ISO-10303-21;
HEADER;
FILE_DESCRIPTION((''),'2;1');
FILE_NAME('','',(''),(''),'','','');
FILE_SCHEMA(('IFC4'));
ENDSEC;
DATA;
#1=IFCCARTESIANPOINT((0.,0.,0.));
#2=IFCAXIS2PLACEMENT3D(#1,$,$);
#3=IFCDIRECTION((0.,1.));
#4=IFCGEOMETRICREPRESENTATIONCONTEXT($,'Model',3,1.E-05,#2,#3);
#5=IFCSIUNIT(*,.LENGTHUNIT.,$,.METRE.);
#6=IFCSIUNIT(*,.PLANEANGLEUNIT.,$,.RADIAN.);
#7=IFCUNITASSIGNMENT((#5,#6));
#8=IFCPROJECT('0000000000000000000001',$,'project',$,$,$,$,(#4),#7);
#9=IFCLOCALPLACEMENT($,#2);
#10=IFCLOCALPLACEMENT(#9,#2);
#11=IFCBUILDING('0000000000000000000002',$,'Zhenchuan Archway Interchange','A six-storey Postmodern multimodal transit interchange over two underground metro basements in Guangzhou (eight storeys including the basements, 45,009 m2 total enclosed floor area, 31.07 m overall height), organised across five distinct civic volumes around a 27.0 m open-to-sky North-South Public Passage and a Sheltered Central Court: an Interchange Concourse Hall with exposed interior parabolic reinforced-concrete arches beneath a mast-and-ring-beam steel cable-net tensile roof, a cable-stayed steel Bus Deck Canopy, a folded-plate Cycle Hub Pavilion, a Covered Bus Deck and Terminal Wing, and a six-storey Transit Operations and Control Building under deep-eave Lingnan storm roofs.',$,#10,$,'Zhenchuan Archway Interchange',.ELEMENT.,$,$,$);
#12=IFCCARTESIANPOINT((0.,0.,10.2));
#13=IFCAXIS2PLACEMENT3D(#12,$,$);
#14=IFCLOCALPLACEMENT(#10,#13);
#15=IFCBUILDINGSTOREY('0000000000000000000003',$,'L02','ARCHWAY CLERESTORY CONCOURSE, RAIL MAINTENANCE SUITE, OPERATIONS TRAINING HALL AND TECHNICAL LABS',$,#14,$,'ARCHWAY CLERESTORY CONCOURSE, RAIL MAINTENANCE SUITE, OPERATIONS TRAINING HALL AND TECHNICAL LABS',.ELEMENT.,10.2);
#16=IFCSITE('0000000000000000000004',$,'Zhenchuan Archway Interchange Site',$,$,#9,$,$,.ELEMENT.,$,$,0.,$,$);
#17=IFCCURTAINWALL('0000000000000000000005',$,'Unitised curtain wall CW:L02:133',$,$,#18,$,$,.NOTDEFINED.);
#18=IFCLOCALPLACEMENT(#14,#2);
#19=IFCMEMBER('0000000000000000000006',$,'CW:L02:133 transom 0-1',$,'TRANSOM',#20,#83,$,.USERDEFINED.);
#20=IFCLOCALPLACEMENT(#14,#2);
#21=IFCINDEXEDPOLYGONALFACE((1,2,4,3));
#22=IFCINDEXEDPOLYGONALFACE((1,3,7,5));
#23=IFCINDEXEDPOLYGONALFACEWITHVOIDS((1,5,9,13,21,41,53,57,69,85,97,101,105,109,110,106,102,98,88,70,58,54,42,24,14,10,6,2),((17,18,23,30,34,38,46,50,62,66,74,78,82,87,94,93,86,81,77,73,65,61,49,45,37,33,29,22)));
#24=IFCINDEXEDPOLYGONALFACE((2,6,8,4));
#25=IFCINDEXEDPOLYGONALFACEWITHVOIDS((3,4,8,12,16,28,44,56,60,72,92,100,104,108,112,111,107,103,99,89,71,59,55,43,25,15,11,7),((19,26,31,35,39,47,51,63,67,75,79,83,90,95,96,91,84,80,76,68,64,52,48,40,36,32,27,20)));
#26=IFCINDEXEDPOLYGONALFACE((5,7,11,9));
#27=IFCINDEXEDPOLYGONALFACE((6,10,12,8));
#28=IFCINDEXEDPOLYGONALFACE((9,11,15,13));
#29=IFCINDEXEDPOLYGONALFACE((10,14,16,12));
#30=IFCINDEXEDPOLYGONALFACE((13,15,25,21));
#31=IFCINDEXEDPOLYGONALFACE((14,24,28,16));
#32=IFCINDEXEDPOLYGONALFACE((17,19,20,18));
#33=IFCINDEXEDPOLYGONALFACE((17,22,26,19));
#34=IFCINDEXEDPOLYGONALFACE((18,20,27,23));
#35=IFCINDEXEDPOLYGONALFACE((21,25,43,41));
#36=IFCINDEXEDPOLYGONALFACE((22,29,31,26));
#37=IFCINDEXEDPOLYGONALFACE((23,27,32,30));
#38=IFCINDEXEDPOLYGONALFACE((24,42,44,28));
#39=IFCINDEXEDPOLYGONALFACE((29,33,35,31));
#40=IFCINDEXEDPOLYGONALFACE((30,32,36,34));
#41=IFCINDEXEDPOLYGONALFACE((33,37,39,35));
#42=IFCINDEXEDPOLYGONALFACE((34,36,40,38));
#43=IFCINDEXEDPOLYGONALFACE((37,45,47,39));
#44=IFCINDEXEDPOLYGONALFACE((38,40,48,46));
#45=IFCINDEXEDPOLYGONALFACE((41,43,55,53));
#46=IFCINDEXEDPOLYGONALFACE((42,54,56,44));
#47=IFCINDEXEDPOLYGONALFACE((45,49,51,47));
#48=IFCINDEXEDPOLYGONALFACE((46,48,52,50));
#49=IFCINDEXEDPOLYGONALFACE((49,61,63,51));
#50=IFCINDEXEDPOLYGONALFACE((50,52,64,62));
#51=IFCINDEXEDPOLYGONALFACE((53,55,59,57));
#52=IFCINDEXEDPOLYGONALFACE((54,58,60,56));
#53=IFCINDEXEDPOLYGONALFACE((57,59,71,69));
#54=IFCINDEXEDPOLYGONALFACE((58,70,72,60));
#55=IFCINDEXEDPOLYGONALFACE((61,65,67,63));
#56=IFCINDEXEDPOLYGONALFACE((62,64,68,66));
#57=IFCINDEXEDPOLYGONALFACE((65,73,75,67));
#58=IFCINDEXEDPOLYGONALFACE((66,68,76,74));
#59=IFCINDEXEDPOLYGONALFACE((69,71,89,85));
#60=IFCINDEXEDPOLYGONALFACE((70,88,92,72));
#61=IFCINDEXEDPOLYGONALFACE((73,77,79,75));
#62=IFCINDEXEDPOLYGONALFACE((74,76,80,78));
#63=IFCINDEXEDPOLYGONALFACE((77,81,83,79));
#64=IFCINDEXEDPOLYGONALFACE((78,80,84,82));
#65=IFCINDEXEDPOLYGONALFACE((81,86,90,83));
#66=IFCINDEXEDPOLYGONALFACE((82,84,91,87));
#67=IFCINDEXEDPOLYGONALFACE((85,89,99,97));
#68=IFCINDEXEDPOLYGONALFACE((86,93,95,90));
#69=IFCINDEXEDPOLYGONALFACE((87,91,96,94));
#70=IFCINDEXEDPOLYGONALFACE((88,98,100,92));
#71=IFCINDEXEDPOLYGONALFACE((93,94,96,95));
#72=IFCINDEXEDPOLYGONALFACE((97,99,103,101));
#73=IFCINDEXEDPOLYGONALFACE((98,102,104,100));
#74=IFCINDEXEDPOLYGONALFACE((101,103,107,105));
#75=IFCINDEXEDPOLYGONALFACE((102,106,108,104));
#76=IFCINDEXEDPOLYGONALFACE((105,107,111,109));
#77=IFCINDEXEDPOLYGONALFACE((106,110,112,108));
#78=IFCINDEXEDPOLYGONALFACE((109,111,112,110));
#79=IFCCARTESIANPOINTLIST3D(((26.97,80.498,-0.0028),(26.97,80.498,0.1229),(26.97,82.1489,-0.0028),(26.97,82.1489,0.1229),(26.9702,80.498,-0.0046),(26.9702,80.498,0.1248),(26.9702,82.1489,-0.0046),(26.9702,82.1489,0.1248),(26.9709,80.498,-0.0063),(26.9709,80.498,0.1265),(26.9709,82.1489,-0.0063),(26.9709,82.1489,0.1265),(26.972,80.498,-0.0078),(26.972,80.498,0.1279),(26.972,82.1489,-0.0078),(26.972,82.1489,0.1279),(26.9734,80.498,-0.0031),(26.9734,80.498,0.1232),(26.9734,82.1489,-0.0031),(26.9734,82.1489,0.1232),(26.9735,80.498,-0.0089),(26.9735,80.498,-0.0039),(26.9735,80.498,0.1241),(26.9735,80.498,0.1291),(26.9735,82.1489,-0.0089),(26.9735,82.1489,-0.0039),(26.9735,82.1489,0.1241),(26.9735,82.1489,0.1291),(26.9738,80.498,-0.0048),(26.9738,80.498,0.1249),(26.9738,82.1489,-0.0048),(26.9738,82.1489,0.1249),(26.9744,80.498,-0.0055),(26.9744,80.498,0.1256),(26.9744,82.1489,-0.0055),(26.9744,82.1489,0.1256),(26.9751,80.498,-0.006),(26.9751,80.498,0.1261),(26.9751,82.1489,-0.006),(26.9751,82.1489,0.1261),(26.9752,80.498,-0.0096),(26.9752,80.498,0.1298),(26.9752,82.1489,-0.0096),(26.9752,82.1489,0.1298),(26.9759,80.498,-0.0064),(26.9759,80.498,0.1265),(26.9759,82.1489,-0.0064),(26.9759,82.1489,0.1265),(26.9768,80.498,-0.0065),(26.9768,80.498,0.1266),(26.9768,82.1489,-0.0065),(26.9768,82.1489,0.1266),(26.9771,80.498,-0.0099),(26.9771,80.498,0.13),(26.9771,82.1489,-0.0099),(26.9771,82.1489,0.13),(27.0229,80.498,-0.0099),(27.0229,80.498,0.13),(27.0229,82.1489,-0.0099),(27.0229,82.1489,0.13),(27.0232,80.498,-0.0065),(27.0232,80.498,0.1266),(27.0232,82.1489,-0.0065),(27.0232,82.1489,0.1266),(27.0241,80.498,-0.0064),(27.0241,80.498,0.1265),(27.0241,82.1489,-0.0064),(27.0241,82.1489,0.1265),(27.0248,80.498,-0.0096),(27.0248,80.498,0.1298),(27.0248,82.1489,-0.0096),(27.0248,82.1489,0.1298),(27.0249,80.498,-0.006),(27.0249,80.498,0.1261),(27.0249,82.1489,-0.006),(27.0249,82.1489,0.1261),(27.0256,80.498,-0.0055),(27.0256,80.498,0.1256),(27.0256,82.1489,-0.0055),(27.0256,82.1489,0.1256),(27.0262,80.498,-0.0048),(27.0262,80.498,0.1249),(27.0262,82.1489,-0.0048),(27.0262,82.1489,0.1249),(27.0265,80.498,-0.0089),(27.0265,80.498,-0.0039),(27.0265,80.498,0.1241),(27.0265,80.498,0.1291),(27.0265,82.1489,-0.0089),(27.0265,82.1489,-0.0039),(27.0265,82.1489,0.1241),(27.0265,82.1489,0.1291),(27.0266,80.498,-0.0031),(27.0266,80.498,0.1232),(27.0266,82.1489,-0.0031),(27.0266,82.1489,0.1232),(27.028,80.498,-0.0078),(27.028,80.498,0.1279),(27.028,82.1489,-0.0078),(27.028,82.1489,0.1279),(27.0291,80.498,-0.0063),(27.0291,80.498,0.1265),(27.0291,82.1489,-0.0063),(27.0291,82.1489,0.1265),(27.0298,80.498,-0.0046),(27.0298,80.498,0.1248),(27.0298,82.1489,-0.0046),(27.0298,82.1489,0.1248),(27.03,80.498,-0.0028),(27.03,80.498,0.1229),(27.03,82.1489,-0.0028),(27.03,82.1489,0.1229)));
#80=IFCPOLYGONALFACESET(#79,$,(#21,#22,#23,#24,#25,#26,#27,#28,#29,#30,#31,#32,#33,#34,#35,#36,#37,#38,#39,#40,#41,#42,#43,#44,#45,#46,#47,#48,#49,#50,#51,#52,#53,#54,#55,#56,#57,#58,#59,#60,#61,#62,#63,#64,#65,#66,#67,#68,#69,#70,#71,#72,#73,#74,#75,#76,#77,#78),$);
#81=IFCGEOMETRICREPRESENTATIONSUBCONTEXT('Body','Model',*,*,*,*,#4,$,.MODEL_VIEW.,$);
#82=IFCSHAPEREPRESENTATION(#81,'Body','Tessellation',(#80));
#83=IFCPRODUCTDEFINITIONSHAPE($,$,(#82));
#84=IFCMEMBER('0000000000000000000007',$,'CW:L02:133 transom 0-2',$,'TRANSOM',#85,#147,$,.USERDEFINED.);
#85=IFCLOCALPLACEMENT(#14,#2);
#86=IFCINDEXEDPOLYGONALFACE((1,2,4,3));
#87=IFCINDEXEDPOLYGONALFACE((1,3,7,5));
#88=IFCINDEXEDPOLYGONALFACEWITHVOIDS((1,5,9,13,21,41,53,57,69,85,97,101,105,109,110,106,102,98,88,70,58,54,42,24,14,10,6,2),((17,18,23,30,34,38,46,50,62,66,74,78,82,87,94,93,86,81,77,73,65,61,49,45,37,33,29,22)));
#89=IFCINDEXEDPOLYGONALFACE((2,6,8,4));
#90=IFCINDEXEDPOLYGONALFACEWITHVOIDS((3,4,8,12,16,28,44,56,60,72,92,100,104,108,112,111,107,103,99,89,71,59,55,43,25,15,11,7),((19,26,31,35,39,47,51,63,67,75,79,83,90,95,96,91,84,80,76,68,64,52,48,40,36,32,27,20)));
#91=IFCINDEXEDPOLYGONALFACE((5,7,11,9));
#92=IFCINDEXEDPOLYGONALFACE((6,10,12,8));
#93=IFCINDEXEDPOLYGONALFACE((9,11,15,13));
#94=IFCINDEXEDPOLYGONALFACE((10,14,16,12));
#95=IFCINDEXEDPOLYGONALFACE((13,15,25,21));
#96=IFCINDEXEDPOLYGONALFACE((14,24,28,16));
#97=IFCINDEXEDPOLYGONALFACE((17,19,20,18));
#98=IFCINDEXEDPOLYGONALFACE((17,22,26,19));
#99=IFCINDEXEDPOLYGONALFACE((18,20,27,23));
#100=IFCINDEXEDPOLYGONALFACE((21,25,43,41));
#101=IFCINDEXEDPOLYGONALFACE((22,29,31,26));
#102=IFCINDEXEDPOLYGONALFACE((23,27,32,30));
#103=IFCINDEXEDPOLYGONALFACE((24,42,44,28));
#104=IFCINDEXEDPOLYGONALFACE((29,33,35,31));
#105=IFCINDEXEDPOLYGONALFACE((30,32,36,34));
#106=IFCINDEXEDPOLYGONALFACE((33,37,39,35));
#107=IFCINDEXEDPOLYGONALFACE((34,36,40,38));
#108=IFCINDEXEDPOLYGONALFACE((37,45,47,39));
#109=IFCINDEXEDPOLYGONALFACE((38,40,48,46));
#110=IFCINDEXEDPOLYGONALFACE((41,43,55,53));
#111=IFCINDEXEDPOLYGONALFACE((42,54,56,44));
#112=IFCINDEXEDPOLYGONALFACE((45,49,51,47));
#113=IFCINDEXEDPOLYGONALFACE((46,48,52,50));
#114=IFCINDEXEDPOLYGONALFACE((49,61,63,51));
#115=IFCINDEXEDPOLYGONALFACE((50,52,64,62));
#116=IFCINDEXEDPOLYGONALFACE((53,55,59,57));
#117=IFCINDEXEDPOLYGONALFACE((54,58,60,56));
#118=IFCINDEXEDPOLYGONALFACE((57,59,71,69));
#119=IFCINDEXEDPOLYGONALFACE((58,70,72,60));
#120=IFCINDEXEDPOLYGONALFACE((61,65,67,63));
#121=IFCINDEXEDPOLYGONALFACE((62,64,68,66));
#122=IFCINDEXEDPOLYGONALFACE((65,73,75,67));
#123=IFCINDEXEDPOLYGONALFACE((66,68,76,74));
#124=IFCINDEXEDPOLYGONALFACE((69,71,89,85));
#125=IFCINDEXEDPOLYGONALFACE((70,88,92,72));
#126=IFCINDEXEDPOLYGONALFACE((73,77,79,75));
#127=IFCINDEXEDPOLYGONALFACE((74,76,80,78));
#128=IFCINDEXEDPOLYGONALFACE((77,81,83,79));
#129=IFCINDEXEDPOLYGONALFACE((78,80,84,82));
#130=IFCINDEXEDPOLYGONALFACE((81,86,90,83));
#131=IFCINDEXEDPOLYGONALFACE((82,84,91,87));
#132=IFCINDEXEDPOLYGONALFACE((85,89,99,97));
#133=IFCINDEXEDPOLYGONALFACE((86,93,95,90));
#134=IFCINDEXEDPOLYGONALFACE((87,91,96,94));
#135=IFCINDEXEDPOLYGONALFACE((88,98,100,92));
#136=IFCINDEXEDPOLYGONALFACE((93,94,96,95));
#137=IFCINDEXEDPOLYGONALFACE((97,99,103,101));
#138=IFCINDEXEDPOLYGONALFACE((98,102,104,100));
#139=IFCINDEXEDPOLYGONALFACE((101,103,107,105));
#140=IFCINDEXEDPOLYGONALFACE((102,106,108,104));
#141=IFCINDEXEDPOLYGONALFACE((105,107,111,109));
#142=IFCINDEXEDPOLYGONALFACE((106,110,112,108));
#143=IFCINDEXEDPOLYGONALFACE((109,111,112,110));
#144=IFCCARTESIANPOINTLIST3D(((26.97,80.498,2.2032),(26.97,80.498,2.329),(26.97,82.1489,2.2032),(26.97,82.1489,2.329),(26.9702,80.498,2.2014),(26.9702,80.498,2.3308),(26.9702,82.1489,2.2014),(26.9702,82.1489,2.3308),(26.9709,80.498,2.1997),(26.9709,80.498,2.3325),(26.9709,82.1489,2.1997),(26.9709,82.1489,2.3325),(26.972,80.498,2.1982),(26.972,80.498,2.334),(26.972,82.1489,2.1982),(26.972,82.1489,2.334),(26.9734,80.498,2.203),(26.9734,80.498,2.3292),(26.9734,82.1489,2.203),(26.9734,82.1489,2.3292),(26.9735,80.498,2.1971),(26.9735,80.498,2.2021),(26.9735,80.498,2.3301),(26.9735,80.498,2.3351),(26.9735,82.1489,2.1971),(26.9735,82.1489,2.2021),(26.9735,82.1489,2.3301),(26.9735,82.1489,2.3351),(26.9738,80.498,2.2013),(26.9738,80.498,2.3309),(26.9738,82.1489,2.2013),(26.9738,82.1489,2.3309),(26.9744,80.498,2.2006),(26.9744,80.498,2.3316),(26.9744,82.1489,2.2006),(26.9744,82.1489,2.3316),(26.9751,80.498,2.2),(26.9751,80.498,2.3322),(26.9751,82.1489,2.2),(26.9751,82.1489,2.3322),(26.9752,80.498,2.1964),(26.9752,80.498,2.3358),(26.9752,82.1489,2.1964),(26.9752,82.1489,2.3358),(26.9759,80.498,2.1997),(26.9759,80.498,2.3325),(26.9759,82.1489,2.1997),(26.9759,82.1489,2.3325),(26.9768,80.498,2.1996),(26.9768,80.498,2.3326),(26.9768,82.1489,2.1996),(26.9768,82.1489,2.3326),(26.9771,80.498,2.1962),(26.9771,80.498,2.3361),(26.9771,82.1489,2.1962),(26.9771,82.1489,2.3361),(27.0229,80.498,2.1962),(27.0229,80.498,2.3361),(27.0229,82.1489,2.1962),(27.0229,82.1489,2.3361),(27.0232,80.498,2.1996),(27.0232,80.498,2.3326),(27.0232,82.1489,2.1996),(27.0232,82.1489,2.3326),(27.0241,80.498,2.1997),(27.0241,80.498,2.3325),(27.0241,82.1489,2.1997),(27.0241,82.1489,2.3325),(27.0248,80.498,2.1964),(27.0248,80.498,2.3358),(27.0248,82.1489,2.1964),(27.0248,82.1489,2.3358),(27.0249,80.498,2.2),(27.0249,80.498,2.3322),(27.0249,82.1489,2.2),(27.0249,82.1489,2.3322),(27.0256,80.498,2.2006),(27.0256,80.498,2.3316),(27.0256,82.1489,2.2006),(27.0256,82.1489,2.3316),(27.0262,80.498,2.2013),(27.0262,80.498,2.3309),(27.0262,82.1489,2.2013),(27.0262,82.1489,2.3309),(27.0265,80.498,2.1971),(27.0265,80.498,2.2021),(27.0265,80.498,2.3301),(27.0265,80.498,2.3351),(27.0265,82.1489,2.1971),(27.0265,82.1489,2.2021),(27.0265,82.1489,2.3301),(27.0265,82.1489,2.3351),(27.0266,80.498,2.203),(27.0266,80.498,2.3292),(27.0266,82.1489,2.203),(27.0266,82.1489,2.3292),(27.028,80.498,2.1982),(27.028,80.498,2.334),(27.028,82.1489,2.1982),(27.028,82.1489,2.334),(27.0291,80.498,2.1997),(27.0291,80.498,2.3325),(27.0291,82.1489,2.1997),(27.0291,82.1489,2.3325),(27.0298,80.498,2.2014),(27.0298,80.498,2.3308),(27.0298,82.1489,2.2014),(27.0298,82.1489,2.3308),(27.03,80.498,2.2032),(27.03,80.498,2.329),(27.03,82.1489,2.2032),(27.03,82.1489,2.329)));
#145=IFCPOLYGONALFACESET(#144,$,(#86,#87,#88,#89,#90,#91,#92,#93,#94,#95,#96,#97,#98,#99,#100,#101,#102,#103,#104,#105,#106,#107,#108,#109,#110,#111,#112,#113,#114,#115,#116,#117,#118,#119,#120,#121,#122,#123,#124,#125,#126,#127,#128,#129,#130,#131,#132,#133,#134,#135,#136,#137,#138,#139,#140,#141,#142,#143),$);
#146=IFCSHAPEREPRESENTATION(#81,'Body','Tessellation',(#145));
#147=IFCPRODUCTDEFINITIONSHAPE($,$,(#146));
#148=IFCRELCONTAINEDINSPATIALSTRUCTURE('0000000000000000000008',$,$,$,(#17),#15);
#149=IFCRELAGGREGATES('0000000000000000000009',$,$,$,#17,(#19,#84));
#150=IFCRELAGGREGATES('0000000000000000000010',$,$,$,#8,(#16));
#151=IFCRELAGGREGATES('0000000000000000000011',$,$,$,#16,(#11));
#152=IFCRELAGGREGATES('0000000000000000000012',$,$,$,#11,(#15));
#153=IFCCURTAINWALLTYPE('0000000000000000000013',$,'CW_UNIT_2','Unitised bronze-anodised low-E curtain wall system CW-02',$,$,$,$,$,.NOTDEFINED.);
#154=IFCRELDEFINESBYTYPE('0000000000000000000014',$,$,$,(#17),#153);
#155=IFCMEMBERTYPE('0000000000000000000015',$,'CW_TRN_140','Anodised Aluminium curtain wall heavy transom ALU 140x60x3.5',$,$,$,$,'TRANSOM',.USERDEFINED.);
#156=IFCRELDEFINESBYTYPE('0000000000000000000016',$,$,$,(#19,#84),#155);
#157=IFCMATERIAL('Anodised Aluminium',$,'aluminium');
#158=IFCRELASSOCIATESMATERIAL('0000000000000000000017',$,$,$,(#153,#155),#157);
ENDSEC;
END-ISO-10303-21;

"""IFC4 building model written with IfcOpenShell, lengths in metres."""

from ifc_helpers import new_model, si_unit, direction, frame, origin, origin_2d, place, context, subcontext, project, spatial, hollow_rectangle, extrude, material, material_profile, profile_set, type_object, element, aggregate, save


model = new_model("IFC4")

# Units and contexts
model_context = context("Model", 3, precision=1e-05, world=origin(), true_north=direction((0.0, 1.0)))
body_context = subcontext(model_context, "Body", "Model", "MODEL_VIEW")
ifc_project = project(units=[si_unit("LENGTHUNIT", "METRE"), si_unit("PLANEANGLEUNIT", "RADIAN")], contexts=[model_context])

# Site, building, storey
site_placement = place(None, origin())
site = spatial("IfcSite", under=ifc_project, at=site_placement, Name="Zhenchuan Archway Interchange Site", CompositionType="ELEMENT", RefElevation=0.0)
building_placement = place(site_placement, origin())
building = spatial("IfcBuilding", under=site, at=building_placement, Name="Zhenchuan Archway Interchange", Description="A six-storey Postmodern multimodal transit interchange over two underground metro basements in Guangzhou (eight storeys including the basements, 45,009 m2 total enclosed floor area, 31.07 m overall height), organised across five distinct civic volumes around a 27.0 m open-to-sky North-South Public Passage and a Sheltered Central Court: an Interchange Concourse Hall with exposed interior parabolic reinforced-concrete arches beneath a mast-and-ring-beam steel cable-net tensile roof, a cable-stayed steel Bus Deck Canopy, a folded-plate Cycle Hub Pavilion, a Covered Bus Deck and Terminal Wing, and a six-storey Transit Operations and Control Building under deep-eave Lingnan storm roofs.", LongName="Zhenchuan Archway Interchange", CompositionType="ELEMENT")
storey_placement = place(building_placement, frame((0.0, 0.0, 10.2)))
storey = spatial("IfcBuildingStorey", under=building, at=storey_placement, Name="L02", Description="ARCHWAY CLERESTORY CONCOURSE, RAIL MAINTENANCE SUITE, OPERATIONS TRAINING HALL AND TECHNICAL LABS", LongName="ARCHWAY CLERESTORY CONCOURSE, RAIL MAINTENANCE SUITE, OPERATIONS TRAINING HALL AND TECHNICAL LABS", CompositionType="ELEMENT", Elevation=10.2)

# Curtain wall, members
ifc_material_1 = material(Name="Anodised Aluminium", Category="aluminium")
curtain_wall_type = type_object("IfcCurtainWallType", Name="CW_UNIT_2", Description="Unitised bronze-anodised low-E curtain wall system CW-02", PredefinedType="NOTDEFINED", material=ifc_material_1)
curtain_wall_placement = place(storey_placement, origin())
curtain_wall = element("IfcCurtainWall", 1, at=curtain_wall_placement, inside=storey, type_object=curtain_wall_type, Name="Unitised curtain wall CW:L02:133", PredefinedType="NOTDEFINED")
ifc_material_profile_1 = material_profile(ifc_material_1, hollow_rectangle(XDim=0.0601, YDim=0.1399, WallThickness=0.0034, InnerFilletRadius=0.0034, OuterFilletRadius=0.0071, at=origin_2d()), Name="ALU 140x60x3.5")
ifc_profile_set_1 = profile_set([ifc_material_profile_1], Name="Anodised Aluminium")
member_type_1 = type_object("IfcMemberType", Name="CW_TRN_140", Description="Anodised Aluminium curtain wall heavy transom ALU 140x60x3.5", ElementType="TRANSOM", PredefinedType="USERDEFINED", material=ifc_profile_set_1)
member_1_placement = place(storey_placement, frame((27.0, 80.498, 0.0601), z_axis=(0.0, 1.0, 0.0), x_axis=(-1.0, 0.0, 0.0)))
member_1 = element("IfcMember", 2, at=member_1_placement, type_object=member_type_1, Name="CW:L02:133 transom 0-1", ObjectType="TRANSOM", PredefinedType="USERDEFINED", context=body_context, shape_type="SweptSolid", body=[
    extrude(hollow_rectangle(XDim=0.0601, YDim=0.1399, WallThickness=0.0034, InnerFilletRadius=0.0034, OuterFilletRadius=0.0071, at=origin_2d()), origin(), (0.0, 0.0, 1.0), 1.6509),
])
member_2_placement = place(storey_placement, frame((27.0, 80.498, 2.2661), z_axis=(0.0, 1.0, 0.0), x_axis=(-1.0, 0.0, 0.0)))
member_2 = element("IfcMember", 3, at=member_2_placement, type_object=member_type_1, Name="CW:L02:133 transom 0-2", ObjectType="TRANSOM", PredefinedType="USERDEFINED", context=body_context, shape_type="SweptSolid", body=[
    extrude(hollow_rectangle(XDim=0.0601, YDim=0.1399, WallThickness=0.0034, InnerFilletRadius=0.0034, OuterFilletRadius=0.0071, at=origin_2d()), origin(), (0.0, 0.0, 1.0), 1.6509),
])

aggregate(curtain_wall, [member_1, member_2])

save(model, "model.ifc")
